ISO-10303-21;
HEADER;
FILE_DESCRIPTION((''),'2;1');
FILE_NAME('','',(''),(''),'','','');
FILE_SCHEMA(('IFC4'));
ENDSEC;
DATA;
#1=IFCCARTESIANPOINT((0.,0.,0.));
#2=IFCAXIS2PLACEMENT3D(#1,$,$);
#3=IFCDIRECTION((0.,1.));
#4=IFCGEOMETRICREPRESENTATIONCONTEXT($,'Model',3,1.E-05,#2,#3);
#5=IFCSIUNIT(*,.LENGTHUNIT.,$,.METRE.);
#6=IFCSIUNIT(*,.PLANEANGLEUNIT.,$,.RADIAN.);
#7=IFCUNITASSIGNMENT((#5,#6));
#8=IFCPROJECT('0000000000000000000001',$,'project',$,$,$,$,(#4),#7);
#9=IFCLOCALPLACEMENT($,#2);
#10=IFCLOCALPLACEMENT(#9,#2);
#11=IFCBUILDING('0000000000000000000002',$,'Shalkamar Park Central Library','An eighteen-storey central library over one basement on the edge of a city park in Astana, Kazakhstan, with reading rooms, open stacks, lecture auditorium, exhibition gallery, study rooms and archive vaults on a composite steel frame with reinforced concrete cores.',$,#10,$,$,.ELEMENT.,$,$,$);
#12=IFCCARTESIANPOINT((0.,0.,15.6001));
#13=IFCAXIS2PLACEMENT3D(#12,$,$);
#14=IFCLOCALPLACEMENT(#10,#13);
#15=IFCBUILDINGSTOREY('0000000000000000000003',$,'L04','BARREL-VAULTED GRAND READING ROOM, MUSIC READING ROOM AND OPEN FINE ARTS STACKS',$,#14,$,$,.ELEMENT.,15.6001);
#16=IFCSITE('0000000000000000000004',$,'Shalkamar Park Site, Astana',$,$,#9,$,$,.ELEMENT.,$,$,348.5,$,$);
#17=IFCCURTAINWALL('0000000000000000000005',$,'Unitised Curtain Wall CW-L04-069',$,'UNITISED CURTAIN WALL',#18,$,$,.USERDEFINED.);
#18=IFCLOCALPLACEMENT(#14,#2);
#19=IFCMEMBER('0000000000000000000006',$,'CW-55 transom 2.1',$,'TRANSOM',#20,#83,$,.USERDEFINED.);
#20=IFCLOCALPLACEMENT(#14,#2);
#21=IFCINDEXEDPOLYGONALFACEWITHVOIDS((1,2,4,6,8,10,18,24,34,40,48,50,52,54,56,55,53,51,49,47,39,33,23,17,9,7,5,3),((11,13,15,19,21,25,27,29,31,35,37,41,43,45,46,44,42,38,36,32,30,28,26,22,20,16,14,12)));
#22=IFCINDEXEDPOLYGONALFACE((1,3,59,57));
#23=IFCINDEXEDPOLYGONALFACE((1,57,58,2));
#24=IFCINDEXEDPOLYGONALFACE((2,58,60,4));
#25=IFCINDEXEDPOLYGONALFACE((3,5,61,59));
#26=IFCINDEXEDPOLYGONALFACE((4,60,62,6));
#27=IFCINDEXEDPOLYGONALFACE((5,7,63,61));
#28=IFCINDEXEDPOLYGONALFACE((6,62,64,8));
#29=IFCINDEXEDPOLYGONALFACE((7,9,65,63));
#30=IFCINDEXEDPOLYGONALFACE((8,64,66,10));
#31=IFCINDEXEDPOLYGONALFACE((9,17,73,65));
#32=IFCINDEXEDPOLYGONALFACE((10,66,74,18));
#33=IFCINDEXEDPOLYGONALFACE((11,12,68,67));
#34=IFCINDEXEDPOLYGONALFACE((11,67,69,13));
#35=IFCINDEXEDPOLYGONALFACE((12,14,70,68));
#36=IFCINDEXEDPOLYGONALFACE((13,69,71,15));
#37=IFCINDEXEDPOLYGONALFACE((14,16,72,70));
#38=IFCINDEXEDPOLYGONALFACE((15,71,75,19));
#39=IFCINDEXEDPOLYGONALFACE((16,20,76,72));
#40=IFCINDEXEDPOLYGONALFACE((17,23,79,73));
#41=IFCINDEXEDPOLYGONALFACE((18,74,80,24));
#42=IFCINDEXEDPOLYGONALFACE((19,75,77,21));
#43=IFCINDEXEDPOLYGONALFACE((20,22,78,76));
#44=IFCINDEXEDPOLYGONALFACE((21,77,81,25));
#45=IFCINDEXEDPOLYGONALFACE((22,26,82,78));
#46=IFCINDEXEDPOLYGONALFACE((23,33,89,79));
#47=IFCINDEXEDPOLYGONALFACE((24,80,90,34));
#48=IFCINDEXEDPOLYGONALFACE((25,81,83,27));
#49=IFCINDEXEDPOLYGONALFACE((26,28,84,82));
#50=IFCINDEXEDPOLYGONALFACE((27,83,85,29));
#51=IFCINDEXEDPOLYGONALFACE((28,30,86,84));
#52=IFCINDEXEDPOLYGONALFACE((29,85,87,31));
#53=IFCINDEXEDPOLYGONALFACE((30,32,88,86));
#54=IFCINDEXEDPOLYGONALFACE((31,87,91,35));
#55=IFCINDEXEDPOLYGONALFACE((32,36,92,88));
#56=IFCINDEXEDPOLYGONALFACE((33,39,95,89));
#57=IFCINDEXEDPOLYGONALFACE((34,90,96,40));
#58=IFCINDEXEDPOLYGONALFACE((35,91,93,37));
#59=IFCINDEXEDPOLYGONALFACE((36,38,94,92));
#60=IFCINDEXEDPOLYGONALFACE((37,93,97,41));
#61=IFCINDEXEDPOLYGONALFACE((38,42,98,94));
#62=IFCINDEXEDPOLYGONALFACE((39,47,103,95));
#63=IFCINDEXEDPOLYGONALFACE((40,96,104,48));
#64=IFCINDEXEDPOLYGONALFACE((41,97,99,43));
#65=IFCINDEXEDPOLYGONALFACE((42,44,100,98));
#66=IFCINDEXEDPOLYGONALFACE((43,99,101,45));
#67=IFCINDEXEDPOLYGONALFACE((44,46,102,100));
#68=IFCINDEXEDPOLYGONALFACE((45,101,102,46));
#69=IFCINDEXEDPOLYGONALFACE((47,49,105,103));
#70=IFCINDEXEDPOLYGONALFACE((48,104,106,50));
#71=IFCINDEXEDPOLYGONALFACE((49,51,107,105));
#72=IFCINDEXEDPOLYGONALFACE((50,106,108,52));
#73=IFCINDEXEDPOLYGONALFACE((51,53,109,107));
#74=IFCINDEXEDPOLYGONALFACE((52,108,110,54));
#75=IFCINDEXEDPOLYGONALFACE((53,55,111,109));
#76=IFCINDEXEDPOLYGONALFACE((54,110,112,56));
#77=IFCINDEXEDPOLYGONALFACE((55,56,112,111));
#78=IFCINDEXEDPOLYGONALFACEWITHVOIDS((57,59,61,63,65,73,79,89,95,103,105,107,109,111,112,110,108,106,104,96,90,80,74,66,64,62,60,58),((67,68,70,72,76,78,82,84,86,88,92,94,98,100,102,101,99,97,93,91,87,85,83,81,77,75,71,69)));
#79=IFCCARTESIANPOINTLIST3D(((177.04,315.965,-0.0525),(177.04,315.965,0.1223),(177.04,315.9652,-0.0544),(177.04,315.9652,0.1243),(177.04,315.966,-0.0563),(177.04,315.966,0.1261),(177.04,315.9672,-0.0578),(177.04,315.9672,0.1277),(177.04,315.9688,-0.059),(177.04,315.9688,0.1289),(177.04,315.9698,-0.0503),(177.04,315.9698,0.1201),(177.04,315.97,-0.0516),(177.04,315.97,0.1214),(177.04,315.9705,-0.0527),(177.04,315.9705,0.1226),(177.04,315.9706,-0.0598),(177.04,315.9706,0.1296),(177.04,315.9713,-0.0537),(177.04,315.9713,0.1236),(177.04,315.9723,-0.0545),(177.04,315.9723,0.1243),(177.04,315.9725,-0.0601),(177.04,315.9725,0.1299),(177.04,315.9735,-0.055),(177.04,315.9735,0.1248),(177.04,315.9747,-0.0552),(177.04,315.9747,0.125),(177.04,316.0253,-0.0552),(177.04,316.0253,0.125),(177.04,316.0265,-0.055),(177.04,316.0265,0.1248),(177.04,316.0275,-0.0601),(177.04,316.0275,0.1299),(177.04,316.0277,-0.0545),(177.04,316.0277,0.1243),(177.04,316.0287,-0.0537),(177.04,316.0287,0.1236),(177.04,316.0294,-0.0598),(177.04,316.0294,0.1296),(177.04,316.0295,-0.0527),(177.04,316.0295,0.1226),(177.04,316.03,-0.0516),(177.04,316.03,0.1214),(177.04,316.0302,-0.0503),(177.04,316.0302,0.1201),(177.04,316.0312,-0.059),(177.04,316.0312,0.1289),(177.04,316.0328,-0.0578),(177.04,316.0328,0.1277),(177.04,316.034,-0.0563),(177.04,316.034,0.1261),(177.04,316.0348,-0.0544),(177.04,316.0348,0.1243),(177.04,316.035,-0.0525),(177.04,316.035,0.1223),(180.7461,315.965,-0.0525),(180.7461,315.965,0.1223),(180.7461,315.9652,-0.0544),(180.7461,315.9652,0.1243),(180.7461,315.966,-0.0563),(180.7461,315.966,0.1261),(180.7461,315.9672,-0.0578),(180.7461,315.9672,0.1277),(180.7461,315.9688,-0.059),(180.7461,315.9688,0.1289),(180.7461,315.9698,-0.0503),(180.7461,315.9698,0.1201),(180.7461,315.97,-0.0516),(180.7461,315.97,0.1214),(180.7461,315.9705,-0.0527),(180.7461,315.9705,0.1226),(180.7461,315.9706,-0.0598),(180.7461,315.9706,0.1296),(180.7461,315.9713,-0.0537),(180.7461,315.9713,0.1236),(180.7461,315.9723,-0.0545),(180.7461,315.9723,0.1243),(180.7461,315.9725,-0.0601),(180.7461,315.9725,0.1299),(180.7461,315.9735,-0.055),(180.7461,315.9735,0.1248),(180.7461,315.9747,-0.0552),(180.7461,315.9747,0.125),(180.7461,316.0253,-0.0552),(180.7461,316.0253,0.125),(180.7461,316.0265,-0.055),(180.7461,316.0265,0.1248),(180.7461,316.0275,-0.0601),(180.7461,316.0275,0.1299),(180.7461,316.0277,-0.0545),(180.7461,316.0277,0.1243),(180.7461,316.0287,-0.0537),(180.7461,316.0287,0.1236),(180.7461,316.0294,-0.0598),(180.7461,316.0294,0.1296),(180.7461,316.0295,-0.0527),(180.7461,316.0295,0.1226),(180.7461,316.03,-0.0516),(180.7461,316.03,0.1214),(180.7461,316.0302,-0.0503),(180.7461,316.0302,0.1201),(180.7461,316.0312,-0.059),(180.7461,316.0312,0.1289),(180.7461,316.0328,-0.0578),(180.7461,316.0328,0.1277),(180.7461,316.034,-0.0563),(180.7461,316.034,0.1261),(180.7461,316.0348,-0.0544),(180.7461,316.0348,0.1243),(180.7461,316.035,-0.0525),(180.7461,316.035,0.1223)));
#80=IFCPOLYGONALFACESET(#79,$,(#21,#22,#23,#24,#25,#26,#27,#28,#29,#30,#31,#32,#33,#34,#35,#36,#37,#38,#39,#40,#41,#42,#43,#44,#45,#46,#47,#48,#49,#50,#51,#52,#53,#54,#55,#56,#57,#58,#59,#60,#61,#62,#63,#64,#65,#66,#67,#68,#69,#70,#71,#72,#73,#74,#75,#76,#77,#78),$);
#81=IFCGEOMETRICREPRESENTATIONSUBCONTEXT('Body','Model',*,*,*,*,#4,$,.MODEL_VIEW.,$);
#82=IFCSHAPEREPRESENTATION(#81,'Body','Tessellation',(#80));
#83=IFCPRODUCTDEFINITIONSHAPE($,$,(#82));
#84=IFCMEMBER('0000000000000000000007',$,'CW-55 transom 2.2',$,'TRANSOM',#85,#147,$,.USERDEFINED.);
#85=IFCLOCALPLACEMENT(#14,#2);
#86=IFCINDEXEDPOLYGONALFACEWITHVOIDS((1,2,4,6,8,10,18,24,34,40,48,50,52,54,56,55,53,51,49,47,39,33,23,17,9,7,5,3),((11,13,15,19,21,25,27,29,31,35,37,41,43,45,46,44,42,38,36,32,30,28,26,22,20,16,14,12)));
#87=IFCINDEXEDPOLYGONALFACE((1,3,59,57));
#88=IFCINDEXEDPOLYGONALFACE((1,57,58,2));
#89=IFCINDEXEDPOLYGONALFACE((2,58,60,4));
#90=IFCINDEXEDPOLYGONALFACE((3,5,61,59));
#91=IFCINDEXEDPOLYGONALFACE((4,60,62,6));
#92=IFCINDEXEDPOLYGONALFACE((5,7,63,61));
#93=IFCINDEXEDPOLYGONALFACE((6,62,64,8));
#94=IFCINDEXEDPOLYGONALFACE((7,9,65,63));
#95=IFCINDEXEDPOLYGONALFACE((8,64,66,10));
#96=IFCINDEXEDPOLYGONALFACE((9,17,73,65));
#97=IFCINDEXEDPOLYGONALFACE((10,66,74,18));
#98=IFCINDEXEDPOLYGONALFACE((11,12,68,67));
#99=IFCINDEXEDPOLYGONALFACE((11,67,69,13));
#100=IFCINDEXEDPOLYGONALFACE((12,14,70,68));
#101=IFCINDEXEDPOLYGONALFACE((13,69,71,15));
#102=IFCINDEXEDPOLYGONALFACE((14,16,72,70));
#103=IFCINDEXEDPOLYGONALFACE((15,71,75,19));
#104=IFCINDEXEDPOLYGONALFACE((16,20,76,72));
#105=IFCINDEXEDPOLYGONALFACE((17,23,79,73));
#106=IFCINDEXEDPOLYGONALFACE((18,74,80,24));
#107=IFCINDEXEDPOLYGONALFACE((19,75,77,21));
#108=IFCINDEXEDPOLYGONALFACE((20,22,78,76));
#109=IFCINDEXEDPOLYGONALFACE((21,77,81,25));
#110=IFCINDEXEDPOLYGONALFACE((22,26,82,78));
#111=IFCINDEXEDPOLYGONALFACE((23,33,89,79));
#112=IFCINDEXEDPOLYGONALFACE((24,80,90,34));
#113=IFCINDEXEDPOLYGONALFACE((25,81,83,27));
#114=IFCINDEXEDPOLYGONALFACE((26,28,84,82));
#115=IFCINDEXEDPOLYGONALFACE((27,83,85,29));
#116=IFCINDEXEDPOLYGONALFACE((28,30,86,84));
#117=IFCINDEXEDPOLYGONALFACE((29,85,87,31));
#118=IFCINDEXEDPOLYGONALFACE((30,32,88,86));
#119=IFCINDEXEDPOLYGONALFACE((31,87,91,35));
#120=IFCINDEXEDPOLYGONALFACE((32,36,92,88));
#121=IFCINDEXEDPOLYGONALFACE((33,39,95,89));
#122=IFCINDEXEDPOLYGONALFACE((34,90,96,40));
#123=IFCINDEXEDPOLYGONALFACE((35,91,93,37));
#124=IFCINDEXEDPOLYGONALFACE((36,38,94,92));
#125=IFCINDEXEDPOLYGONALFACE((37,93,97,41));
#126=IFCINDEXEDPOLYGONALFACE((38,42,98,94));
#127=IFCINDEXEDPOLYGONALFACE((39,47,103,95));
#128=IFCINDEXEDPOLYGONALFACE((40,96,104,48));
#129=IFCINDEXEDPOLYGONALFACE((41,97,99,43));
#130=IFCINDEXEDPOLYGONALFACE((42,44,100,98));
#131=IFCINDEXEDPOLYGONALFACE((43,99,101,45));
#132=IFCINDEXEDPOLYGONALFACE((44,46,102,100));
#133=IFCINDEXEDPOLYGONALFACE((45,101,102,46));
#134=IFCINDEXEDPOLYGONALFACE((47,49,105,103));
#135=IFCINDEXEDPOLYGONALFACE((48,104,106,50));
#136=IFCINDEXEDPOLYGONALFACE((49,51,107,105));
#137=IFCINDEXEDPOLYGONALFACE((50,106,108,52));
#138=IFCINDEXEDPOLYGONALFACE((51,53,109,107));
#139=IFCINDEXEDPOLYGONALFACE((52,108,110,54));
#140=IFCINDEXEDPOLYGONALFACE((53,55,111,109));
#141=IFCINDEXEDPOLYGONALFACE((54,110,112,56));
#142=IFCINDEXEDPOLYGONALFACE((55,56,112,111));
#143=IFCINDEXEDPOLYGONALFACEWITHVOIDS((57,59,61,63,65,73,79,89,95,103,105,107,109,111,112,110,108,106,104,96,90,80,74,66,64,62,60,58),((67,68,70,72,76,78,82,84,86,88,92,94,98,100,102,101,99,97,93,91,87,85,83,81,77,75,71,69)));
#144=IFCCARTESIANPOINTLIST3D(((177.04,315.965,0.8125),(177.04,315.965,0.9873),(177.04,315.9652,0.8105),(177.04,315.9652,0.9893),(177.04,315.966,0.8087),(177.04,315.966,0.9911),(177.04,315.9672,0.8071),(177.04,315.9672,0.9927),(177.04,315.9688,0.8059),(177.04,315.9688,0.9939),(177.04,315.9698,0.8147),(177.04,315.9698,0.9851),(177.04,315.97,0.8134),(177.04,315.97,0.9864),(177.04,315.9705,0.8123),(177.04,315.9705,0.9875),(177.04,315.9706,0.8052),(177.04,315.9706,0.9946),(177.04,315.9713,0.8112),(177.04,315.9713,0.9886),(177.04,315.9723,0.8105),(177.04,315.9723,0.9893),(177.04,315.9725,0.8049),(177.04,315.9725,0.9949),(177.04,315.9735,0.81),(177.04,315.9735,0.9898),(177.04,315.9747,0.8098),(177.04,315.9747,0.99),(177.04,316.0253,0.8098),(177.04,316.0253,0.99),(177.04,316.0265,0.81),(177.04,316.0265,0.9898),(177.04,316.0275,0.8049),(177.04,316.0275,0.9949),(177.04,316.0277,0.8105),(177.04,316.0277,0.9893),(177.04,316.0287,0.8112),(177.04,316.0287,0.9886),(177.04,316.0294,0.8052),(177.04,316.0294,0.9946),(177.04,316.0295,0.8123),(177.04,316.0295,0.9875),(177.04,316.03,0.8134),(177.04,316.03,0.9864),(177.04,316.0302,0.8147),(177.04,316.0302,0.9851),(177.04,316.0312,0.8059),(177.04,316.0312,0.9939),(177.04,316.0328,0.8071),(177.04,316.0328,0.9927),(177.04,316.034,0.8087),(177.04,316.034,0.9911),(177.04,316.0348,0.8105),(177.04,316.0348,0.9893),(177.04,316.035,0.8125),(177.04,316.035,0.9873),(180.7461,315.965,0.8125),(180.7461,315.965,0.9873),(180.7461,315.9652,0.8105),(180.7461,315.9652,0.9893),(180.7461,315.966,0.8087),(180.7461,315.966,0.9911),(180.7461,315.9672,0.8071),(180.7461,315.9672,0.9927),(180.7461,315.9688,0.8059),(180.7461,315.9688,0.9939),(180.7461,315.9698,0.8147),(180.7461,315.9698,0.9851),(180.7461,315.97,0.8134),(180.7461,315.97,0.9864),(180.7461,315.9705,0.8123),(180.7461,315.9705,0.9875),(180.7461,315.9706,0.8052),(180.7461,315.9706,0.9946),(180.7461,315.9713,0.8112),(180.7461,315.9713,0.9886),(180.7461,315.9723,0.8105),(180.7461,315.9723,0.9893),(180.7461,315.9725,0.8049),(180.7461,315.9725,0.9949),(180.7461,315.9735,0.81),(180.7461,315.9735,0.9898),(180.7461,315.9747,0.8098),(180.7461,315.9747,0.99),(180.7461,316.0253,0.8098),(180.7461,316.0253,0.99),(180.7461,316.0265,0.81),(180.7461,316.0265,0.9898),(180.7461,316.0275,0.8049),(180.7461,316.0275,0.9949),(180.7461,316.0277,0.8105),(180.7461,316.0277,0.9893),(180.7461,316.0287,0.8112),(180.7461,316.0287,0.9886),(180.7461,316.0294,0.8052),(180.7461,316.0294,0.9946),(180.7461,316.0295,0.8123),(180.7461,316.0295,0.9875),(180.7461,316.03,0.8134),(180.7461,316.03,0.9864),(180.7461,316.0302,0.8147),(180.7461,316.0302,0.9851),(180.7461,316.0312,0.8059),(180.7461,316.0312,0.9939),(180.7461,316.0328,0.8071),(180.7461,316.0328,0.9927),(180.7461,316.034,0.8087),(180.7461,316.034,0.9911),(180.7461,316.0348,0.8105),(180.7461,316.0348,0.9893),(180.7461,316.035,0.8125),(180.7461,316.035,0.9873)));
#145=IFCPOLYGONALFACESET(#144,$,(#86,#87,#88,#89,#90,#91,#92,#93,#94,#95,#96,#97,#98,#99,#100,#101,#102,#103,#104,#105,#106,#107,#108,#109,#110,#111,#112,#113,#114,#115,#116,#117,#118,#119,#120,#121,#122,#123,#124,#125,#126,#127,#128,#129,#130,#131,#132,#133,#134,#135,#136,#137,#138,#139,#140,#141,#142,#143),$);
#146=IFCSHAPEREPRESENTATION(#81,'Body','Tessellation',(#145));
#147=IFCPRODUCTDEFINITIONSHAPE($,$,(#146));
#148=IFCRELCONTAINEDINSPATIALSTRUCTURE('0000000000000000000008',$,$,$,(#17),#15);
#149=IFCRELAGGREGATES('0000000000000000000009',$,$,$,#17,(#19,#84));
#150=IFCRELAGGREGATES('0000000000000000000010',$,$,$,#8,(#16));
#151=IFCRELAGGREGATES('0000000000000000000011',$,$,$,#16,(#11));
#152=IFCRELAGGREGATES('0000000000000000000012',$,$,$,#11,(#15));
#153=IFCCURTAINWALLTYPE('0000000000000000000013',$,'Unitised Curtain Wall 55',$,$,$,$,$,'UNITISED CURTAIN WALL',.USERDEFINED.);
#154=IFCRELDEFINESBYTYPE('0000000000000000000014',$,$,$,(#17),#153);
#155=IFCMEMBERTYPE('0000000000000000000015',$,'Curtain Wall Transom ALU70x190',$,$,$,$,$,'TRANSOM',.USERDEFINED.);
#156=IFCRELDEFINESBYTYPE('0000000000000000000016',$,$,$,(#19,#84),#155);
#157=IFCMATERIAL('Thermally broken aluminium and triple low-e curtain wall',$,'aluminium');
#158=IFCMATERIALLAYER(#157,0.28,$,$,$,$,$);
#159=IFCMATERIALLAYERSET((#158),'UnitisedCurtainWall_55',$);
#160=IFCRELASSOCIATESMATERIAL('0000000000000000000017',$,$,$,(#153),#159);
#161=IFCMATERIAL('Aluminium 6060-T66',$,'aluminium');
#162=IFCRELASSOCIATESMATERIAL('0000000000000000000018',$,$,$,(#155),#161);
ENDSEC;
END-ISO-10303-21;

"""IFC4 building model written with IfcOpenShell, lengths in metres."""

from ifc_helpers import new_model, si_unit, direction, frame, origin, origin_2d, place, context, subcontext, project, spatial, hollow_rectangle, extrude, material, layer, layer_set, material_profile, profile_set, type_object, element, aggregate, save


model = new_model("IFC4")

# Units and contexts
model_context = context("Model", 3, precision=1e-05, world=origin(), true_north=direction((0.0, 1.0)))
body_context = subcontext(model_context, "Body", "Model", "MODEL_VIEW")
ifc_project = project(units=[si_unit("LENGTHUNIT", "METRE"), si_unit("PLANEANGLEUNIT", "RADIAN")], contexts=[model_context])

# Site, building, storey
site_placement = place(None, origin())
site = spatial("IfcSite", under=ifc_project, at=site_placement, Name="Shalkamar Park Site, Astana", CompositionType="ELEMENT", RefElevation=348.5)
building_placement = place(site_placement, origin())
building = spatial("IfcBuilding", under=site, at=building_placement, Name="Shalkamar Park Central Library", Description="An eighteen-storey central library over one basement on the edge of a city park in Astana, Kazakhstan, with reading rooms, open stacks, lecture auditorium, exhibition gallery, study rooms and archive vaults on a composite steel frame with reinforced concrete cores.", CompositionType="ELEMENT")
storey_placement = place(building_placement, frame((0.0, 0.0, 15.6001)))
storey = spatial("IfcBuildingStorey", under=building, at=storey_placement, Name="L04", Description="BARREL-VAULTED GRAND READING ROOM, MUSIC READING ROOM AND OPEN FINE ARTS STACKS", CompositionType="ELEMENT", Elevation=15.6001)

# Shared definitions
ifc_material_1 = material(Name="Thermally broken aluminium and triple low-e curtain wall", Category="aluminium")
ifc_material_2 = material(Name="Aluminium 6060-T66", Category="aluminium")

# Curtain wall
ifc_layer_1 = layer(ifc_material_1, 0.28)
ifc_layer_set_1 = layer_set([ifc_layer_1], Name="UnitisedCurtainWall_55")
curtain_wall_type_1 = type_object("IfcCurtainWallType", Name="Unitised Curtain Wall 55", ElementType="UNITISED CURTAIN WALL", PredefinedType="USERDEFINED", material=ifc_layer_set_1)
curtain_wall_1_placement = place(storey_placement, origin())
curtain_wall_1 = element("IfcCurtainWall", 1, at=curtain_wall_1_placement, inside=storey, type_object=curtain_wall_type_1, Name="Unitised Curtain Wall CW-L04-069", ObjectType="UNITISED CURTAIN WALL", PredefinedType="USERDEFINED")

# Members
ifc_material_profile_1 = material_profile(ifc_material_2, hollow_rectangle(XDim=0.0701, YDim=0.1899, WallThickness=0.0049, InnerFilletRadius=0.0049, OuterFilletRadius=0.0076, at=origin_2d()), Name="ALU 70x190x5")
ifc_profile_set_1 = profile_set([ifc_material_profile_1], Name="Aluminium 6060-T66")
member_type_1 = type_object("IfcMemberType", Name="Curtain Wall Transom ALU70x190", ElementType="TRANSOM", PredefinedType="USERDEFINED", material=ifc_profile_set_1)
member_1_placement = place(storey_placement, frame((177.04, 316.0, 0.0349), z_axis=(1.0, 0.0, 0.0), x_axis=(0.0, 1.0, 0.0)))
member_1 = element("IfcMember", 2, at=member_1_placement, type_object=member_type_1, Name="CW-55 transom 2.1", ObjectType="TRANSOM", PredefinedType="USERDEFINED", context=body_context, shape_type="SweptSolid", body=[
    extrude(hollow_rectangle(XDim=0.0701, YDim=0.1899, WallThickness=0.0049, InnerFilletRadius=0.0049, OuterFilletRadius=0.0076, at=origin_2d()), origin(), (0.0, 0.0, 1.0), 3.7061),
])
member_2_placement = place(storey_placement, frame((177.04, 316.0, 0.8999), z_axis=(1.0, 0.0, 0.0), x_axis=(0.0, 1.0, 0.0)))
member_2 = element("IfcMember", 3, at=member_2_placement, type_object=member_type_1, Name="CW-55 transom 2.2", ObjectType="TRANSOM", PredefinedType="USERDEFINED", context=body_context, shape_type="SweptSolid", body=[
    extrude(hollow_rectangle(XDim=0.0701, YDim=0.1899, WallThickness=0.0049, InnerFilletRadius=0.0049, OuterFilletRadius=0.0076, at=origin_2d()), origin(), (0.0, 0.0, 1.0), 3.7061),
])

aggregate(curtain_wall_1, [member_1, member_2])

save(model, "model.ifc")
